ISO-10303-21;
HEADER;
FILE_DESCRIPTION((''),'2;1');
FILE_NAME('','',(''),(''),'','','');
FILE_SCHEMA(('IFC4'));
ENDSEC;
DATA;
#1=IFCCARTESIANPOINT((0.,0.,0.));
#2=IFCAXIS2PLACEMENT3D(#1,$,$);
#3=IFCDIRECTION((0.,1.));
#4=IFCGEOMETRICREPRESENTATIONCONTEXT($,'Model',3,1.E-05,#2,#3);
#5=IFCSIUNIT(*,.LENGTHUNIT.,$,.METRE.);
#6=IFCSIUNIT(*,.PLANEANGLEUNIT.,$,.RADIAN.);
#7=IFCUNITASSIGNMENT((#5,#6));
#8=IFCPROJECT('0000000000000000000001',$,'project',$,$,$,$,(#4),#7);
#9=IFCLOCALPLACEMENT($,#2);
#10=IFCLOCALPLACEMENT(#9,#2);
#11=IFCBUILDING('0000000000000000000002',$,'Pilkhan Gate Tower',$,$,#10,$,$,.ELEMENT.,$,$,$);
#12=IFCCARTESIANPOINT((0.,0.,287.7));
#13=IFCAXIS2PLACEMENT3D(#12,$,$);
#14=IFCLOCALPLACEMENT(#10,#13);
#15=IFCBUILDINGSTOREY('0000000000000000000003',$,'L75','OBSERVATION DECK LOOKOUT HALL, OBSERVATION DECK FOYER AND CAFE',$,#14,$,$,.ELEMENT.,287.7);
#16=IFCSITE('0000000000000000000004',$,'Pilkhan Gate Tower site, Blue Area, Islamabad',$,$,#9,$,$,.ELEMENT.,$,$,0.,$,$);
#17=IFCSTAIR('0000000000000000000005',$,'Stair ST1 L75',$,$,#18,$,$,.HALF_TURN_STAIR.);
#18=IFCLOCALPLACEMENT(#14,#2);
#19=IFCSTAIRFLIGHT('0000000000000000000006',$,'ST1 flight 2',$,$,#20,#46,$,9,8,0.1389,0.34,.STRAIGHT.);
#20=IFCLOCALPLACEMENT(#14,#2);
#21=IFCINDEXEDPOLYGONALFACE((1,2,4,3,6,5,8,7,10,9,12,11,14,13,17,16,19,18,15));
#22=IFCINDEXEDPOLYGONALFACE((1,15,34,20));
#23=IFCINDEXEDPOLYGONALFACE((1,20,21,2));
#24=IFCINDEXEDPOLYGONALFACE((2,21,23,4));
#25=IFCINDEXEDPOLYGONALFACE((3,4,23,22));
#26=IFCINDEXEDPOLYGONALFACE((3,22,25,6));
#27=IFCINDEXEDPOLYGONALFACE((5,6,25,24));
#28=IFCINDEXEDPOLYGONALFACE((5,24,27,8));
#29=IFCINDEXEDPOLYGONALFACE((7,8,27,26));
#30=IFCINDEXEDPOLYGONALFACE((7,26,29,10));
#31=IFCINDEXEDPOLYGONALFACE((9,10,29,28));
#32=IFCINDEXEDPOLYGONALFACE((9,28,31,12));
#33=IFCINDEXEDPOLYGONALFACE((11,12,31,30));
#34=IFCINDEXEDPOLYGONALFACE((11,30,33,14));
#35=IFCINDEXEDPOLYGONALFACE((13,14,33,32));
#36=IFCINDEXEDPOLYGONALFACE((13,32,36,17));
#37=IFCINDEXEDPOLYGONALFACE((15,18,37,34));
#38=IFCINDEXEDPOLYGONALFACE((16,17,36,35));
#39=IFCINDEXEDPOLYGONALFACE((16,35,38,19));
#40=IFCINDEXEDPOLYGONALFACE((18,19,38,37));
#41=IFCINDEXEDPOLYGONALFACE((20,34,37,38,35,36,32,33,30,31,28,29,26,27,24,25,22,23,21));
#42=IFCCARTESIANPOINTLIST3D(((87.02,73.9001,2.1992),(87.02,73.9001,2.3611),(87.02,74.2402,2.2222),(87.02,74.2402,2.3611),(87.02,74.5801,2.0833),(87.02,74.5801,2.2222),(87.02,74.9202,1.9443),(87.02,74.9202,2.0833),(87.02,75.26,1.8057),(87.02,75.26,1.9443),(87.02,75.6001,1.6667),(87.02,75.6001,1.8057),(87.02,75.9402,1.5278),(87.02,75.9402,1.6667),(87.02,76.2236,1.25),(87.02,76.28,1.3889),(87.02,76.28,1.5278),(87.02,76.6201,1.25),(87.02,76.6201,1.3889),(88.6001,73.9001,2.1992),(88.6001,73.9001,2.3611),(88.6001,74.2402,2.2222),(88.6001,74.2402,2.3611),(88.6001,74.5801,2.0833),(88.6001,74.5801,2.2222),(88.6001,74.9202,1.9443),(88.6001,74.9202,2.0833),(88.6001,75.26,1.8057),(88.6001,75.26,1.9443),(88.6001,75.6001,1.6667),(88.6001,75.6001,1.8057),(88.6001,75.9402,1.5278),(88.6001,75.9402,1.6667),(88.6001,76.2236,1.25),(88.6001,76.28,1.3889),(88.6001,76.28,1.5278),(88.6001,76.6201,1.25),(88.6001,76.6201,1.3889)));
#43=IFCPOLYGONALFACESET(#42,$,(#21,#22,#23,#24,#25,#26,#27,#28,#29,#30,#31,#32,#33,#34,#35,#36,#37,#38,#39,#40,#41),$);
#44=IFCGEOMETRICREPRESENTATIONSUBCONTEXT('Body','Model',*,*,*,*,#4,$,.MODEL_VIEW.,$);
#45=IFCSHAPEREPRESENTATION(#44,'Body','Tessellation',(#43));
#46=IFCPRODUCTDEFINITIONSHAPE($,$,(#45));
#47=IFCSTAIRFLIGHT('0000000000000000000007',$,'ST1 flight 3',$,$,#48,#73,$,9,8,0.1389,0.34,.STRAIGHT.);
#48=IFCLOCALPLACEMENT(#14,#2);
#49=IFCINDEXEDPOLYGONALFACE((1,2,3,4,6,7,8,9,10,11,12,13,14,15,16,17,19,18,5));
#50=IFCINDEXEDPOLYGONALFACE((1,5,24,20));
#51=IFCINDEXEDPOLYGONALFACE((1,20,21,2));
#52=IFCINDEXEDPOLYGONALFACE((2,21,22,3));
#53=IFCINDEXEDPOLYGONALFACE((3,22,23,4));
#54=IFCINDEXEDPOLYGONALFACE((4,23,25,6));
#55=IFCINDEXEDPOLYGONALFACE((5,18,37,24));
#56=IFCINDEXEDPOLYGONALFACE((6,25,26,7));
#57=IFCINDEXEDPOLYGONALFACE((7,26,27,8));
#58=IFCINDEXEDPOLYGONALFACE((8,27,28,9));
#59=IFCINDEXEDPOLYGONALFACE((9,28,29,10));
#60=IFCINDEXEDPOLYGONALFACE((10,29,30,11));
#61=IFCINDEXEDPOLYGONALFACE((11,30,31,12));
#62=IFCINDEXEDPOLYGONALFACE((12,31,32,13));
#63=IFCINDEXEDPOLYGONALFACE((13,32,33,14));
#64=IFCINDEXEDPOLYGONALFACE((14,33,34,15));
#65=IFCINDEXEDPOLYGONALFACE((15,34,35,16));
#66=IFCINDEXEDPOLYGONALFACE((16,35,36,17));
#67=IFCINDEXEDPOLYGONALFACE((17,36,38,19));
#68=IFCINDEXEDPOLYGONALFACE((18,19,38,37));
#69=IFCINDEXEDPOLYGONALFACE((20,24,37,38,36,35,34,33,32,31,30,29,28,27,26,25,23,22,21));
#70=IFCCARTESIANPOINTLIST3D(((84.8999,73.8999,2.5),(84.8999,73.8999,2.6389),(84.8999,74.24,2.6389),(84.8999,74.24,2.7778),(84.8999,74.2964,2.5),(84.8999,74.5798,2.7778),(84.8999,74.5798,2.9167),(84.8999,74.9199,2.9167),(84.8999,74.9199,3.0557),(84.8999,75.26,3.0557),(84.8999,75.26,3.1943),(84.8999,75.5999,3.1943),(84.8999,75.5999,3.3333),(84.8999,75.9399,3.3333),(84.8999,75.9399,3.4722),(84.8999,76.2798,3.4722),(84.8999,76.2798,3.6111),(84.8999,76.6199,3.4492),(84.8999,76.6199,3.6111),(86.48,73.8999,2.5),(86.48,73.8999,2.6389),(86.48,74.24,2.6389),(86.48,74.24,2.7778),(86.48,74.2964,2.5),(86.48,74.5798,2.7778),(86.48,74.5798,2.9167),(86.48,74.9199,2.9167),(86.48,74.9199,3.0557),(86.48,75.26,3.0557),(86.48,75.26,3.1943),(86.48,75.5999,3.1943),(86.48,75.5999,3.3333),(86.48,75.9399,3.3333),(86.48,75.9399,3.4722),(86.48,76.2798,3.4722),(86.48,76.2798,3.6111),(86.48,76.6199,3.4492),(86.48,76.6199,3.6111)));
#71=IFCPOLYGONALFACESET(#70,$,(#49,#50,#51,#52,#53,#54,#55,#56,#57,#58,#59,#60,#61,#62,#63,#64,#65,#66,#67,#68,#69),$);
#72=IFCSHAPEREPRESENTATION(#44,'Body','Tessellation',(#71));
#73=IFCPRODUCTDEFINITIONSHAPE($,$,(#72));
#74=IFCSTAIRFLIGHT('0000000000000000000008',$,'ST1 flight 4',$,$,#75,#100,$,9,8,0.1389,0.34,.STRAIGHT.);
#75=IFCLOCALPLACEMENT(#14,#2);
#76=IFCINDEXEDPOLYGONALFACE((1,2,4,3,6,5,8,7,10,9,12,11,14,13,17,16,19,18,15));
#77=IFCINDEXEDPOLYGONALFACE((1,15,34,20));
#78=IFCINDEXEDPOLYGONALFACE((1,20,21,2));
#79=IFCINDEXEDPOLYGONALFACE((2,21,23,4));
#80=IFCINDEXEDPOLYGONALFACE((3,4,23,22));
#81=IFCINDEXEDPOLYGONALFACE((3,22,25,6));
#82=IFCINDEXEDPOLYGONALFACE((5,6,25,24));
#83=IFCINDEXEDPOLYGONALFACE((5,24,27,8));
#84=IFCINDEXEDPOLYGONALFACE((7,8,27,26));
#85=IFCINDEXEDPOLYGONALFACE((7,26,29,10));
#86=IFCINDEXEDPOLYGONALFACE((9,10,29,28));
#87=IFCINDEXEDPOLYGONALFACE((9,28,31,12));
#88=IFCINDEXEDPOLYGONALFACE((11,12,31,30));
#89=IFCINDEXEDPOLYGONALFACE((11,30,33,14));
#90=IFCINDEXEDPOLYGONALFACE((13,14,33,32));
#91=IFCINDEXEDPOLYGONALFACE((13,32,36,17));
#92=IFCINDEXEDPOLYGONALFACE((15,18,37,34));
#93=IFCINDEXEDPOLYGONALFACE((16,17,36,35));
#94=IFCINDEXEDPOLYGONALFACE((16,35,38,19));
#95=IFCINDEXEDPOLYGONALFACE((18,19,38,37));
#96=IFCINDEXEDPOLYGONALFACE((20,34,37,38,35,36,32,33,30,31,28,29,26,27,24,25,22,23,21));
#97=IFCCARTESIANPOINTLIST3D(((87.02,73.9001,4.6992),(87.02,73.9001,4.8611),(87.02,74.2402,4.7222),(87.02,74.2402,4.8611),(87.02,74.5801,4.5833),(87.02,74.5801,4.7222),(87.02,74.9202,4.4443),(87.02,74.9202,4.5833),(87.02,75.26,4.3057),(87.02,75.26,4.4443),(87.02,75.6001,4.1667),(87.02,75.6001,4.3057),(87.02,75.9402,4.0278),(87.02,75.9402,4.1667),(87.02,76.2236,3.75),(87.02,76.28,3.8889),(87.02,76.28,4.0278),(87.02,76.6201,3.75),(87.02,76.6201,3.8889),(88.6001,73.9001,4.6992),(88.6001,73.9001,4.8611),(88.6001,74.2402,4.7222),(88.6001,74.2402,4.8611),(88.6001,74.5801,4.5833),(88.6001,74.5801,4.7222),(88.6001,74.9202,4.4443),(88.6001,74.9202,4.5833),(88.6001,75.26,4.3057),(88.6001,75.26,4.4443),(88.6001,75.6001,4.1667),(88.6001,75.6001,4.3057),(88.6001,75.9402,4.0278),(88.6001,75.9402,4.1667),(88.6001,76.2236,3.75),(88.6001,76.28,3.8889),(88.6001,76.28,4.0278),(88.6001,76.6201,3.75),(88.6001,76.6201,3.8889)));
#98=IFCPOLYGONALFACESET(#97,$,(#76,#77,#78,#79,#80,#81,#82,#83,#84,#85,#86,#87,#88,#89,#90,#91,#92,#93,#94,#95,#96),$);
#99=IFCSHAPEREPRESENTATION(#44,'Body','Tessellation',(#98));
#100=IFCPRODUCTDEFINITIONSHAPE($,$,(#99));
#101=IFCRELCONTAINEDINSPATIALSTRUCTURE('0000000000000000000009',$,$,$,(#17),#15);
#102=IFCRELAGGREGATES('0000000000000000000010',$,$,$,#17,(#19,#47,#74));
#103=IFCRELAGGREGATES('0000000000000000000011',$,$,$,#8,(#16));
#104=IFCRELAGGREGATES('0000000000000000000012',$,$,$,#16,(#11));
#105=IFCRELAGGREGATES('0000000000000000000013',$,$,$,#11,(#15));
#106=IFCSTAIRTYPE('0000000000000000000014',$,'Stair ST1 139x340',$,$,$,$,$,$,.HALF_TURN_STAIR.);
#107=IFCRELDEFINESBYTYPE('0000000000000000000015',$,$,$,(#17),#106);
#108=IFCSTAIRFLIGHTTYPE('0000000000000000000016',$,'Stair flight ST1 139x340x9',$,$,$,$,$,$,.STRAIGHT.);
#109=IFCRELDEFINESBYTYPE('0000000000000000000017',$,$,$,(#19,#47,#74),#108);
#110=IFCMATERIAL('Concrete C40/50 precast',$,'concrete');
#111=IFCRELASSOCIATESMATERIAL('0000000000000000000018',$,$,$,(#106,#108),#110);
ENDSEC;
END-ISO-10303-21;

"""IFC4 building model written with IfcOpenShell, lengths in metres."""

from ifc_helpers import new_model, si_unit, direction, frame, origin, place, context, subcontext, project, spatial, polyline, outline, extrude, material, type_object, element, aggregate, save


model = new_model("IFC4")

# Units and contexts
model_context = context("Model", 3, precision=1e-05, world=origin(), true_north=direction((0.0, 1.0)))
body_context = subcontext(model_context, "Body", "Model", "MODEL_VIEW")
ifc_project = project(units=[si_unit("LENGTHUNIT", "METRE"), si_unit("PLANEANGLEUNIT", "RADIAN")], contexts=[model_context])

# Site, building, storey
site_placement = place(None, origin())
site = spatial("IfcSite", under=ifc_project, at=site_placement, Name="Pilkhan Gate Tower site, Blue Area, Islamabad", CompositionType="ELEMENT", RefElevation=0.0)
building_placement = place(site_placement, origin())
building = spatial("IfcBuilding", under=site, at=building_placement, Name="Pilkhan Gate Tower", CompositionType="ELEMENT")
storey_placement = place(building_placement, frame((0.0, 0.0, 287.7)))
storey = spatial("IfcBuildingStorey", under=building, at=storey_placement, Name="L75", Description="OBSERVATION DECK LOOKOUT HALL, OBSERVATION DECK FOYER AND CAFE", CompositionType="ELEMENT", Elevation=287.7)

# Stair, stair flights
ifc_material_1 = material(Name="Concrete C40/50 precast", Category="concrete")
stair_type = type_object("IfcStairType", Name="Stair ST1 139x340", PredefinedType="HALF_TURN_STAIR", material=ifc_material_1)
stair_placement = place(storey_placement, origin())
stair = element("IfcStair", 1, at=stair_placement, inside=storey, type_object=stair_type, Name="Stair ST1 L75", PredefinedType="HALF_TURN_STAIR")
stair_flight_type = type_object("IfcStairFlightType", Name="Stair flight ST1 139x340x9", PredefinedType="STRAIGHT", material=ifc_material_1)
stair_flight_1_placement = place(storey_placement, frame((87.8101, 76.6201, 1.25), z_axis=(0.0, 0.0, 1.0), x_axis=(0.0, -1.0, 0.0)))
stair_flight_1 = element("IfcStairFlight", 2, at=stair_flight_1_placement, type_object=stair_flight_type, Name="ST1 flight 2", NumberOfRisers=9, NumberOfTreads=8, PredefinedType="STRAIGHT", RiserHeight=0.1389, TreadLength=0.34, context=body_context, shape_type="SweptSolid", body=[
    extrude(outline(polyline([(0.0, 0.0), (0.0, 0.1389), (0.3401, 0.1389), (0.3401, 0.2778), (0.6799, 0.2778), (0.6799, 0.4167), (1.02, 0.4167), (1.02, 0.5557), (1.3601, 0.5557), (1.3601, 0.6943), (1.7, 0.6943), (1.7, 0.8333), (2.04, 0.8333), (2.04, 0.9722), (2.3799, 0.9722), (2.3799, 1.1111), (2.72, 1.1111), (2.72, 1.25), (2.72, 0.9492), (0.3965, 0.0), (0.0, 0.0)])), frame((0.0, 0.79, 0.0), z_axis=(0.0, -1.0, 0.0), x_axis=(1.0, 0.0, 0.0)), (0.0, 0.0, 1.0), 1.5801),
])
stair_flight_2_placement = place(storey_placement, frame((85.6899, 73.8999, 2.5), z_axis=(0.0, 0.0, 1.0), x_axis=(0.0, 1.0, 0.0)))
stair_flight_2 = element("IfcStairFlight", 3, at=stair_flight_2_placement, type_object=stair_flight_type, Name="ST1 flight 3", NumberOfRisers=9, NumberOfTreads=8, PredefinedType="STRAIGHT", RiserHeight=0.1389, TreadLength=0.34, context=body_context, shape_type="SweptSolid", body=[
    extrude(outline(polyline([(0.0, 0.0), (0.0, 0.1389), (0.3401, 0.1389), (0.3401, 0.2778), (0.6799, 0.2778), (0.6799, 0.4167), (1.02, 0.4167), (1.02, 0.5557), (1.3601, 0.5557), (1.3601, 0.6943), (1.7, 0.6943), (1.7, 0.8333), (2.04, 0.8333), (2.04, 0.9722), (2.3799, 0.9722), (2.3799, 1.1111), (2.72, 1.1111), (2.72, 1.25), (2.72, 0.9492), (0.3965, 0.0), (0.0, 0.0)])), frame((0.0, 0.79, 0.0), z_axis=(0.0, -1.0, 0.0), x_axis=(1.0, 0.0, 0.0)), (0.0, 0.0, 1.0), 1.5801),
])
stair_flight_3_placement = place(storey_placement, frame((87.8101, 76.6201, 3.75), z_axis=(0.0, 0.0, 1.0), x_axis=(0.0, -1.0, 0.0)))
stair_flight_3 = element("IfcStairFlight", 4, at=stair_flight_3_placement, type_object=stair_flight_type, Name="ST1 flight 4", NumberOfRisers=9, NumberOfTreads=8, PredefinedType="STRAIGHT", RiserHeight=0.1389, TreadLength=0.34, context=body_context, shape_type="SweptSolid", body=[
    extrude(outline(polyline([(0.0, 0.0), (0.0, 0.1389), (0.3401, 0.1389), (0.3401, 0.2778), (0.6799, 0.2778), (0.6799, 0.4167), (1.02, 0.4167), (1.02, 0.5557), (1.3601, 0.5557), (1.3601, 0.6943), (1.7, 0.6943), (1.7, 0.8333), (2.04, 0.8333), (2.04, 0.9722), (2.3799, 0.9722), (2.3799, 1.1111), (2.72, 1.1111), (2.72, 1.25), (2.72, 0.9492), (0.3965, 0.0), (0.0, 0.0)])), frame((0.0, 0.79, 0.0), z_axis=(0.0, -1.0, 0.0), x_axis=(1.0, 0.0, 0.0)), (0.0, 0.0, 1.0), 1.5801),
])
aggregate(stair, [stair_flight_1, stair_flight_2, stair_flight_3])

save(model, "model.ifc")
